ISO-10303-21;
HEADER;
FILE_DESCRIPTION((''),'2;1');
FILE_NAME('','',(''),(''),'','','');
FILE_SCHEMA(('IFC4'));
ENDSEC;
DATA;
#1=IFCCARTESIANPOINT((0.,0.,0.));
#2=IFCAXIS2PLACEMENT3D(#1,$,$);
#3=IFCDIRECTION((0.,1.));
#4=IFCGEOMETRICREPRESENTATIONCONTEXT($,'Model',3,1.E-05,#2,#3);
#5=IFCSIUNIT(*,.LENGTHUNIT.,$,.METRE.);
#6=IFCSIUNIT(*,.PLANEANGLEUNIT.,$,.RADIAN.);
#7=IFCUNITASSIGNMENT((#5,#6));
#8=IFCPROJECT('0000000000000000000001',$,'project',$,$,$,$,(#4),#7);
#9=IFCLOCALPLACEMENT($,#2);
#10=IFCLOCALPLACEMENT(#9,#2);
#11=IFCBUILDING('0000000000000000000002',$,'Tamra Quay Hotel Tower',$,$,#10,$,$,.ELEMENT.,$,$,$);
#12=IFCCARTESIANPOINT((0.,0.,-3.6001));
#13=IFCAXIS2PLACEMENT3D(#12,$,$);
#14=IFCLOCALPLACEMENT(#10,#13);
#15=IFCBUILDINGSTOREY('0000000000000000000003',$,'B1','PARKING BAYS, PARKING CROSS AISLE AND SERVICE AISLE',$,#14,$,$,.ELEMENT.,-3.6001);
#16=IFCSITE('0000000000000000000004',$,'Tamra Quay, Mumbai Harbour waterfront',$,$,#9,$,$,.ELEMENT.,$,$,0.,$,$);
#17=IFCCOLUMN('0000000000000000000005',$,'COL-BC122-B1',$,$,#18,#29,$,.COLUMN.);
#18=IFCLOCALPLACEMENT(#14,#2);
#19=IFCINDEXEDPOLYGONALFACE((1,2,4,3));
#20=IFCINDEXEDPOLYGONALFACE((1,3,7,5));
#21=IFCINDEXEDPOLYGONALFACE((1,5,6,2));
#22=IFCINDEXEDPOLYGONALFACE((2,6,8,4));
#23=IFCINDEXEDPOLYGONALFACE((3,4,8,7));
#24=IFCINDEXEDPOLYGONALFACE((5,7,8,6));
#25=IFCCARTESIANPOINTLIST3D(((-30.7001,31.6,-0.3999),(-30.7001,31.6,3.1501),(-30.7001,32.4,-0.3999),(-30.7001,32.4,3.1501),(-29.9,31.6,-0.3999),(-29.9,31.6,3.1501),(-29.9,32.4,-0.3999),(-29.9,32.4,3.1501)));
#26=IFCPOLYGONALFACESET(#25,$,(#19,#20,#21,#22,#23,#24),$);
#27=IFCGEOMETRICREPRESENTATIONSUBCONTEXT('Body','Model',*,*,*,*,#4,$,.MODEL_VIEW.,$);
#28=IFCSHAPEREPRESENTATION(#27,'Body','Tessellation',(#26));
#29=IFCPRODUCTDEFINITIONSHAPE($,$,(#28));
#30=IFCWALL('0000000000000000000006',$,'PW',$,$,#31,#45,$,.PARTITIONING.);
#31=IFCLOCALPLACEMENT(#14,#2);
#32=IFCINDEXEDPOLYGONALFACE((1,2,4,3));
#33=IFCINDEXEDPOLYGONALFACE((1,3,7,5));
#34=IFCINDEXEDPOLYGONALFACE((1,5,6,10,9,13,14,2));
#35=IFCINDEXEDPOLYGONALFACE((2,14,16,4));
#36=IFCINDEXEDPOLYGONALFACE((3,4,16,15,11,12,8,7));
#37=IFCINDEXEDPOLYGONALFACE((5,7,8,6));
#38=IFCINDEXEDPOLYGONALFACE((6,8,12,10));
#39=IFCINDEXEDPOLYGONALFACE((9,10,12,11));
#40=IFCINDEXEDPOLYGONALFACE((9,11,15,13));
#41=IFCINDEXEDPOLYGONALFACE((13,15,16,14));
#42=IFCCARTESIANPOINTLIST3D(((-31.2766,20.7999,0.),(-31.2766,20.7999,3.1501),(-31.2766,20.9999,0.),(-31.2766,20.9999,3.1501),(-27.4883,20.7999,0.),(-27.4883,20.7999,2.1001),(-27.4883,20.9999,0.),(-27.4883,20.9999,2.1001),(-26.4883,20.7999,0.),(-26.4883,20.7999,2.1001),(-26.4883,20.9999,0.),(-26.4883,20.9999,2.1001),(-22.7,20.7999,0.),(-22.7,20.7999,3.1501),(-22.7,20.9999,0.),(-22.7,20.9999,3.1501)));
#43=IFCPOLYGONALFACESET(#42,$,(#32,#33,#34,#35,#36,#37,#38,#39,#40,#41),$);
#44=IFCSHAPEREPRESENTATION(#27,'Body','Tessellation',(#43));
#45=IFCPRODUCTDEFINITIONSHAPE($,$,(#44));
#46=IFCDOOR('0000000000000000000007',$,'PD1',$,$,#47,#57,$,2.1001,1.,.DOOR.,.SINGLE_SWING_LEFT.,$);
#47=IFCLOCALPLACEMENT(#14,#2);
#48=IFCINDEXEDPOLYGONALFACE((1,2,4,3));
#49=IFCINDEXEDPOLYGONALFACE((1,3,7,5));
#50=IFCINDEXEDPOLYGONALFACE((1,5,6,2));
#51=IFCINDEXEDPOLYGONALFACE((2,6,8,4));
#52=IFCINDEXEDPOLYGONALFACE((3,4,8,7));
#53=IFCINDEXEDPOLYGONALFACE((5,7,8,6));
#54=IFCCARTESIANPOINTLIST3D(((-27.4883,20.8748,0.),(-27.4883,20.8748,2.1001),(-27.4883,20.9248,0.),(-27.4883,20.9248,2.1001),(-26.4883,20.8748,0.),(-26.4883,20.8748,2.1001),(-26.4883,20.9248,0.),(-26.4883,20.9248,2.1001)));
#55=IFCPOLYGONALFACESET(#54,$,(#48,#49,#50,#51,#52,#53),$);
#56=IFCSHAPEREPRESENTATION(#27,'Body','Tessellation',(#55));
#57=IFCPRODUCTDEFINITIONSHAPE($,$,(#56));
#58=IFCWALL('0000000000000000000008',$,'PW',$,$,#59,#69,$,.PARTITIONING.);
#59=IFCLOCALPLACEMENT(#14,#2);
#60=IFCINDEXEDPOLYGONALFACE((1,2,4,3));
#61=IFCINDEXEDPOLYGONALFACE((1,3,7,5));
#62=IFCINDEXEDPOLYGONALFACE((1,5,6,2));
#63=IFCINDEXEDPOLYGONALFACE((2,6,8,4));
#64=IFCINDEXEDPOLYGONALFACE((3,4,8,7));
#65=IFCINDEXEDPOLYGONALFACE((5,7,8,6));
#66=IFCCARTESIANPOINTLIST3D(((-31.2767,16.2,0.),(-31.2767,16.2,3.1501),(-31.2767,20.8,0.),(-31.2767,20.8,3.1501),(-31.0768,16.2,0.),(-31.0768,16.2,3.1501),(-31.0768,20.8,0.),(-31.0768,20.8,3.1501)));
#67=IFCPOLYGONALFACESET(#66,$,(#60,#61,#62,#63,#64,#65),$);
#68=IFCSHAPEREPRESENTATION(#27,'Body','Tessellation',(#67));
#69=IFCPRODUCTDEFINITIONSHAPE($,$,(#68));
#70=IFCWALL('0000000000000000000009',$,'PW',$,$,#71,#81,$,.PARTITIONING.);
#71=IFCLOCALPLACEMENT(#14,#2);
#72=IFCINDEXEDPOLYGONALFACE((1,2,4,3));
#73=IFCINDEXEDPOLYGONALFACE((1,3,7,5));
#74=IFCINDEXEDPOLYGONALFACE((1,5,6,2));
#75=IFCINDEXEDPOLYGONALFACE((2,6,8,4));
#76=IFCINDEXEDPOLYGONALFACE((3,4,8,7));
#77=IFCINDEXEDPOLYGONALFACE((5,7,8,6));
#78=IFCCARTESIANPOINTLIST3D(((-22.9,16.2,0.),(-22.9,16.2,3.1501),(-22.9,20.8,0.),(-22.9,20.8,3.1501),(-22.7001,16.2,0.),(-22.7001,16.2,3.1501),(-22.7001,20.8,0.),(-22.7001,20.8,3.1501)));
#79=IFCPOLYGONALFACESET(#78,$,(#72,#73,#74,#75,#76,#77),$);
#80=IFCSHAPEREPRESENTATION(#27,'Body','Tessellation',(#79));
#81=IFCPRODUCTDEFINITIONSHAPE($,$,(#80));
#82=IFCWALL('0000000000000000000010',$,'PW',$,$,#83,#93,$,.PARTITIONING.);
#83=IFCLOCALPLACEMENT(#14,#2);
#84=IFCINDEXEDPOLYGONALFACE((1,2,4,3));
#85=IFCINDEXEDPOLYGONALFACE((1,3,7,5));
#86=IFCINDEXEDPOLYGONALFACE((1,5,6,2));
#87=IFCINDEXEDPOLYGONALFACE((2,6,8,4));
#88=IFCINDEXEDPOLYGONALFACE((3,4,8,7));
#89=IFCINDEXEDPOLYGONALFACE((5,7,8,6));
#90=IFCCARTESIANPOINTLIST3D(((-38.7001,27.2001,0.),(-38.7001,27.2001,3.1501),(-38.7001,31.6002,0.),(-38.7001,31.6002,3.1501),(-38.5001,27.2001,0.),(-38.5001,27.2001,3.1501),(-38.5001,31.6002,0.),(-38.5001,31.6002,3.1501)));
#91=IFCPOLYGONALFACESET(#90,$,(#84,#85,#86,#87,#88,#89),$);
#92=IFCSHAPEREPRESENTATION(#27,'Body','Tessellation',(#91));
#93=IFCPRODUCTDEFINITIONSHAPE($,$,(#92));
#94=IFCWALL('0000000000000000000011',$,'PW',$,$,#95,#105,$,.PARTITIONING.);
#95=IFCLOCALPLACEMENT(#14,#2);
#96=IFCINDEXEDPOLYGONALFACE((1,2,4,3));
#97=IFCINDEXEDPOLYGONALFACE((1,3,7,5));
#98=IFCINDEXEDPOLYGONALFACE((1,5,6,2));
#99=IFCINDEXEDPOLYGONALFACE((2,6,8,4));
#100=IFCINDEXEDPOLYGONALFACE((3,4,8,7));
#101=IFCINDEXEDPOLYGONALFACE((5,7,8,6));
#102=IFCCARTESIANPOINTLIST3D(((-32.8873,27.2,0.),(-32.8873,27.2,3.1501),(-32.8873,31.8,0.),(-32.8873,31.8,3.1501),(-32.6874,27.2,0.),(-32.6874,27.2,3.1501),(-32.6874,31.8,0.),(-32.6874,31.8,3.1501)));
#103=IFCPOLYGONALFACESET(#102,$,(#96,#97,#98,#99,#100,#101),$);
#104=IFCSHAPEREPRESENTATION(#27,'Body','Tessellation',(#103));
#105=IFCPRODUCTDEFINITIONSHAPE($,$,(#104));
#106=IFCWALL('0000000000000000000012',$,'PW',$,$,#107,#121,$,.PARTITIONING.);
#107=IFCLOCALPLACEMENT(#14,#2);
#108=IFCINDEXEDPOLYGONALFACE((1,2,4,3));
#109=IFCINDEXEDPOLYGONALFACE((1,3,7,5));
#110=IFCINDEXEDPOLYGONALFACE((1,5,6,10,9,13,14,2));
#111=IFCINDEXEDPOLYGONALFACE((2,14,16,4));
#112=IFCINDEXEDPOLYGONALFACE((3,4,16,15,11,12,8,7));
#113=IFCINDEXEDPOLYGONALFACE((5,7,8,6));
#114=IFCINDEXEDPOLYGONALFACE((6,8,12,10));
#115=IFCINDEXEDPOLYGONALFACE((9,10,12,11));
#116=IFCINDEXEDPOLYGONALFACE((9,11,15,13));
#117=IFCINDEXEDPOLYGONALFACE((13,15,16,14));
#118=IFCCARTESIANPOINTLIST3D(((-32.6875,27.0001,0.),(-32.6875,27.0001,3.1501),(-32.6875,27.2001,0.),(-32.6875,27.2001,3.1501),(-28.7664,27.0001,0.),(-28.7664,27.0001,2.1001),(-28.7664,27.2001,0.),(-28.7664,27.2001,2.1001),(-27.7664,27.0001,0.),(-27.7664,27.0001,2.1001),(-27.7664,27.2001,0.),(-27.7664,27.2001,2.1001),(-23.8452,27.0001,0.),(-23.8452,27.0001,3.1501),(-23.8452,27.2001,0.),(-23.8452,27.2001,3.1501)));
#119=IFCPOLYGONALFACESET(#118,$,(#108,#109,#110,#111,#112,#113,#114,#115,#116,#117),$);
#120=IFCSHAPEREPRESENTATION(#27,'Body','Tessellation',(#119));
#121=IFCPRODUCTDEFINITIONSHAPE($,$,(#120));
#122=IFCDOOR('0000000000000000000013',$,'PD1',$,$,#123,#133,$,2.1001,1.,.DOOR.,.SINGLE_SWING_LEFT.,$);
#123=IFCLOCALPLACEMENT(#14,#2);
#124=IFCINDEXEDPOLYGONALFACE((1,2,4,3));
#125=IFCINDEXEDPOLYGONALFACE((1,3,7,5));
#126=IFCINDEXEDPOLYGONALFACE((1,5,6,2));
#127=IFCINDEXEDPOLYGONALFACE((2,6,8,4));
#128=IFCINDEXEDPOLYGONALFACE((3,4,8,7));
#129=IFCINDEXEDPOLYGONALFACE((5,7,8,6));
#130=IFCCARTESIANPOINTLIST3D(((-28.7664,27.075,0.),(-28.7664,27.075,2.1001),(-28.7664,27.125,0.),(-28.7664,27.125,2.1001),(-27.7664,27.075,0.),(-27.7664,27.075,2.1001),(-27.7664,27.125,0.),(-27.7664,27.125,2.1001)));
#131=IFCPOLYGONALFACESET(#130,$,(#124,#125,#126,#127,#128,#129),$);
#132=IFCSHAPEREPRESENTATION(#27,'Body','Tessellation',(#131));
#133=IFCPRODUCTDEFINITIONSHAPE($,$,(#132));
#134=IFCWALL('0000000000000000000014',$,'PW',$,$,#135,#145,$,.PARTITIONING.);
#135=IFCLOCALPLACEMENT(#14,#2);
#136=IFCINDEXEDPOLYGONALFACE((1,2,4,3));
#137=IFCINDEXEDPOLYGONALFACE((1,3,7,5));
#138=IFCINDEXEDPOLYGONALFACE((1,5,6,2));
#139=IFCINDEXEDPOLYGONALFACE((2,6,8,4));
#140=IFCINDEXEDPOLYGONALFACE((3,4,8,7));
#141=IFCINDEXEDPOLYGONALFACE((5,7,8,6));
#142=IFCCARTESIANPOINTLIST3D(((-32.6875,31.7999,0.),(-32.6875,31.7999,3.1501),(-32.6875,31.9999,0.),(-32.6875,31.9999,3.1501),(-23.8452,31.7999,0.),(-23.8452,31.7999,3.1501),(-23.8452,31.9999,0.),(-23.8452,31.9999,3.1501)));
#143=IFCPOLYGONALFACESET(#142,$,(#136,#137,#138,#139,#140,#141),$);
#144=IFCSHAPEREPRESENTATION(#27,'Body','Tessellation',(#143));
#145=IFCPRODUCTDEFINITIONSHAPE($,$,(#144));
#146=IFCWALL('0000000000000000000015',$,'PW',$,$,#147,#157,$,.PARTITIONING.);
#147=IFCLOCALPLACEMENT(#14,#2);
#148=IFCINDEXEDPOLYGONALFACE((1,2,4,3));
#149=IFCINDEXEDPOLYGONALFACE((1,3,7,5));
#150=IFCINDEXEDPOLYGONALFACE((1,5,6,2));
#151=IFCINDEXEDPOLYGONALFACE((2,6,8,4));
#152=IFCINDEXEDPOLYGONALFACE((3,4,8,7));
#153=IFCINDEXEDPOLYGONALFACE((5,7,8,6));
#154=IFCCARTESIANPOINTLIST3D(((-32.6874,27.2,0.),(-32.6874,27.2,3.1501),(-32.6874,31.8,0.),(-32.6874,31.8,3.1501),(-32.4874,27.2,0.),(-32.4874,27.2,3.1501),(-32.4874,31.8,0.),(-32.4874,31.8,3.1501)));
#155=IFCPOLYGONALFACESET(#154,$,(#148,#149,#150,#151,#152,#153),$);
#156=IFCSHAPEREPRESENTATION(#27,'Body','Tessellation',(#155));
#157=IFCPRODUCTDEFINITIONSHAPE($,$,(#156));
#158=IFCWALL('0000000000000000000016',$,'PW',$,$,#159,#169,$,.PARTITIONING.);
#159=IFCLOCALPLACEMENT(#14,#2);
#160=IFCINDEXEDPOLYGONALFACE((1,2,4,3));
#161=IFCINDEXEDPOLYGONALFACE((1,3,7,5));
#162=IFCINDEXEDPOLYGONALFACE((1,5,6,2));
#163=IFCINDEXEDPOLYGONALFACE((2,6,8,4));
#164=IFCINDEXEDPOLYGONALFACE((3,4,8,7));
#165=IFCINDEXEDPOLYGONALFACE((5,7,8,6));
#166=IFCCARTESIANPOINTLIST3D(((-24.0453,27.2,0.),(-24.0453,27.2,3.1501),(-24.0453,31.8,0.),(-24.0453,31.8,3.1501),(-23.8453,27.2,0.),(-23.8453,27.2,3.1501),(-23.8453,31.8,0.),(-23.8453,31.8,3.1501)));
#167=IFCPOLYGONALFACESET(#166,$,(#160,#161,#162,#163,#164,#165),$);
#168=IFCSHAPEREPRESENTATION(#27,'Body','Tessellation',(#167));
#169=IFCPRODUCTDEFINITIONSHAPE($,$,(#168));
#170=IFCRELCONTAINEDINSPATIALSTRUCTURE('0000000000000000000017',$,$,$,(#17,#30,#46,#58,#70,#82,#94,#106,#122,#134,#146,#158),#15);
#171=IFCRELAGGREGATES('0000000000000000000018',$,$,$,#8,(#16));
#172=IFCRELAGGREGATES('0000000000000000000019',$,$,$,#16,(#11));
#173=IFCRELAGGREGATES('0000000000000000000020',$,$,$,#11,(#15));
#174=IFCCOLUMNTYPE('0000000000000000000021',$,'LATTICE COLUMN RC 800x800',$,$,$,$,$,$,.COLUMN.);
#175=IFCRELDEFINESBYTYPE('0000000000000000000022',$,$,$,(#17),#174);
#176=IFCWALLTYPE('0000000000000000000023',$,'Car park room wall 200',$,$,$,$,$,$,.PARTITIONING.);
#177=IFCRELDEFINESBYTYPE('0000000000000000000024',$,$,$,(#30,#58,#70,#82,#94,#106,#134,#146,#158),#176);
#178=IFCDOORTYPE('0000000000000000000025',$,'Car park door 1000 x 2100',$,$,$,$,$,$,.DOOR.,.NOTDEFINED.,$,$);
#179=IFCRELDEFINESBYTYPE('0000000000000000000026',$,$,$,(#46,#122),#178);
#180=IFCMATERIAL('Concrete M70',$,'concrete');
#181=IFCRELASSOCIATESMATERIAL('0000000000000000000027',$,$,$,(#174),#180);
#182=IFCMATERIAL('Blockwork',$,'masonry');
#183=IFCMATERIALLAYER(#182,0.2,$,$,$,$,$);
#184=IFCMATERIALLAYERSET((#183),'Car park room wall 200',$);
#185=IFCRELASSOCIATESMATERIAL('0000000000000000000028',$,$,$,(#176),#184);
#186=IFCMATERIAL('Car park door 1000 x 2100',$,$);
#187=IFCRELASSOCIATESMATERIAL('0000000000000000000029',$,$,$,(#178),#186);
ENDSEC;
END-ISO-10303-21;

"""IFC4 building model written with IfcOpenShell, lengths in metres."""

from ifc_helpers import new_model, si_unit, direction, frame, frame_2d, origin, origin_2d, place, context, subcontext, project, spatial, rectangle, extrude, material, layer, layer_set, material_profile, profile_set, type_object, element, fill, save


model = new_model("IFC4")

# Units and contexts
model_context = context("Model", 3, precision=1e-05, world=origin(), true_north=direction((0.0, 1.0)))
body_context = subcontext(model_context, "Body", "Model", "MODEL_VIEW")
ifc_project = project(units=[si_unit("LENGTHUNIT", "METRE"), si_unit("PLANEANGLEUNIT", "RADIAN")], contexts=[model_context])

# Site, building, storey
site_placement = place(None, origin())
site = spatial("IfcSite", under=ifc_project, at=site_placement, Name="Tamra Quay, Mumbai Harbour waterfront", CompositionType="ELEMENT", RefElevation=0.0)
building_placement = place(site_placement, origin())
building = spatial("IfcBuilding", under=site, at=building_placement, Name="Tamra Quay Hotel Tower", CompositionType="ELEMENT")
storey_placement = place(building_placement, frame((0.0, 0.0, -3.6001)))
storey = spatial("IfcBuildingStorey", under=building, at=storey_placement, Name="B1", Description="PARKING BAYS, PARKING CROSS AISLE AND SERVICE AISLE", CompositionType="ELEMENT", Elevation=-3.6001)

# Column
ifc_material_1 = material(Name="Concrete M70", Category="concrete")
ifc_material_profile = material_profile(ifc_material_1, rectangle(XDim=0.8, YDim=0.8, at=origin_2d()), Name="LATTICE COLUMN RC 800x800")
ifc_profile_set = profile_set([ifc_material_profile], Name="Concrete M70")
column_type = type_object("IfcColumnType", Name="LATTICE COLUMN RC 800x800", PredefinedType="COLUMN", material=ifc_profile_set)
column_placement = place(storey_placement, frame((-30.3, 32.0, -0.3999), z_axis=(0.0, 0.0, 1.0), x_axis=(1.0, 0.0, 0.0)))
element("IfcColumn", 1, at=column_placement, inside=storey, type_object=column_type, Name="COL-BC122-B1", PredefinedType="COLUMN", context=body_context, shape_type="SweptSolid", body=[
    extrude(rectangle(XDim=0.8, YDim=0.8, at=origin_2d()), origin(), (0.0, 0.0, 1.0), 3.55),
])

# Wall, opening, door
ifc_material_2 = material(Name="Blockwork", Category="masonry")
ifc_layer = layer(ifc_material_2, 0.2)
ifc_layer_set = layer_set([ifc_layer], Name="Car park room wall 200")
wall_type = type_object("IfcWallType", Name="Car park room wall 200", PredefinedType="PARTITIONING", material=ifc_layer_set)
wall_1_placement = place(storey_placement, frame((-31.2766, 20.8999, 0.0), z_axis=(0.0, 0.0, 1.0), x_axis=(1.0, 0.0, 0.0)))
wall_1 = element("IfcWall", 2, at=wall_1_placement, inside=storey, type_object=wall_type, Name="PW", PredefinedType="PARTITIONING", context=body_context, shape_type="SweptSolid", body=[
    extrude(rectangle(XDim=8.5767, YDim=0.2, at=frame_2d((4.2883, 0.0))), origin(), (0.0, 0.0, 1.0), 3.1501),
])
opening_1_placement = place(wall_1_placement, frame((3.7883, 0.0, 0.0)))
opening_1 = element("IfcOpeningElement", 3, at=opening_1_placement, cuts=wall_1, PredefinedType="OPENING", context=body_context, shape_type="SweptSolid", body=[
    extrude(rectangle(XDim=1.0, YDim=2.1001, at=frame_2d((0.5, 1.05))), frame((0.0, 0.1099, 0.0), z_axis=(0.0, -1.0, 0.0), x_axis=(1.0, 0.0, 0.0)), (0.0, 0.0, 1.0), 0.22),
])
ifc_material_3 = material(Name="Car park door 1000 x 2100")
door_type = type_object("IfcDoorType", Name="Car park door 1000 x 2100", OperationType="NOTDEFINED", PredefinedType="DOOR", material=ifc_material_3)
door_1_placement = place(opening_1_placement, origin())
door_1 = element("IfcDoor", 4, at=door_1_placement, inside=storey, type_object=door_type, Name="PD1", OperationType="SINGLE_SWING_LEFT", OverallHeight=2.1001, OverallWidth=1.0, PredefinedType="DOOR", context=body_context, shape_type="SweptSolid", body=[
    extrude(rectangle(XDim=1.0, YDim=2.1001, at=frame_2d((0.5, 1.05))), frame((0.0, 0.0249, 0.0), z_axis=(0.0, -1.0, 0.0), x_axis=(1.0, 0.0, 0.0)), (0.0, 0.0, 1.0), 0.05),
])
fill(opening_1, door_1)

# Walls
for number, where, z_axis, x_axis, name in (
    (5, (-31.1768, 16.2, 0.0), (0.0, 0.0, 1.0), (0.0, 1.0, 0.0), "PW"),
    (6, (-22.8, 16.2, 0.0), (0.0, 0.0, 1.0), (0.0, 1.0, 0.0), "PW"),
):
    element("IfcWall", number, at=place(storey_placement, frame(where, z_axis=z_axis, x_axis=x_axis)), inside=storey, type_object=wall_type, Name=name, PredefinedType="PARTITIONING", context=body_context, shape_type="SweptSolid", body=[
        extrude(rectangle(XDim=4.6001, YDim=0.2, at=frame_2d((2.3, 0.0))), origin(), (0.0, 0.0, 1.0), 3.1501),
    ])
wall_2_placement = place(storey_placement, frame((-38.6001, 27.2, 0.0), z_axis=(0.0, 0.0, 1.0), x_axis=(0.0, 1.0, 0.0)))
element("IfcWall", 7, at=wall_2_placement, inside=storey, type_object=wall_type, Name="PW", PredefinedType="PARTITIONING", context=body_context, shape_type="SweptSolid", body=[
    extrude(rectangle(XDim=4.4001, YDim=0.2, at=frame_2d((2.2002, 0.0))), origin(), (0.0, 0.0, 1.0), 3.1501),
])
wall_3_placement = place(storey_placement, frame((-32.7874, 27.2, 0.0), z_axis=(0.0, 0.0, 1.0), x_axis=(0.0, 1.0, 0.0)))
element("IfcWall", 8, at=wall_3_placement, inside=storey, type_object=wall_type, Name="PW", PredefinedType="PARTITIONING", context=body_context, shape_type="SweptSolid", body=[
    extrude(rectangle(XDim=4.6001, YDim=0.2, at=frame_2d((2.3, 0.0))), origin(), (0.0, 0.0, 1.0), 3.1501),
])

# Wall, opening, door
wall_4_placement = place(storey_placement, frame((-32.6875, 27.1001, 0.0), z_axis=(0.0, 0.0, 1.0), x_axis=(1.0, 0.0, 0.0)))
wall_4 = element("IfcWall", 9, at=wall_4_placement, inside=storey, type_object=wall_type, Name="PW", PredefinedType="PARTITIONING", context=body_context, shape_type="SweptSolid", body=[
    extrude(rectangle(XDim=8.8423, YDim=0.2, at=frame_2d((4.4211, 0.0))), origin(), (0.0, 0.0, 1.0), 3.1501),
])
opening_2_placement = place(wall_4_placement, frame((3.9211, 0.0, 0.0)))
opening_2 = element("IfcOpeningElement", 10, at=opening_2_placement, cuts=wall_4, PredefinedType="OPENING", context=body_context, shape_type="SweptSolid", body=[
    extrude(rectangle(XDim=1.0, YDim=2.1001, at=frame_2d((0.5, 1.05))), frame((0.0, 0.1099, 0.0), z_axis=(0.0, -1.0, 0.0), x_axis=(1.0, 0.0, 0.0)), (0.0, 0.0, 1.0), 0.22),
])
door_2_placement = place(opening_2_placement, origin())
door_2 = element("IfcDoor", 11, at=door_2_placement, inside=storey, type_object=door_type, Name="PD1", OperationType="SINGLE_SWING_LEFT", OverallHeight=2.1001, OverallWidth=1.0, PredefinedType="DOOR", context=body_context, shape_type="SweptSolid", body=[
    extrude(rectangle(XDim=1.0, YDim=2.1001, at=frame_2d((0.5, 1.05))), frame((0.0, 0.0249, 0.0), z_axis=(0.0, -1.0, 0.0), x_axis=(1.0, 0.0, 0.0)), (0.0, 0.0, 1.0), 0.05),
])
fill(opening_2, door_2)

# Walls
wall_5_placement = place(storey_placement, frame((-32.6875, 31.8999, 0.0), z_axis=(0.0, 0.0, 1.0), x_axis=(1.0, 0.0, 0.0)))
element("IfcWall", 12, at=wall_5_placement, inside=storey, type_object=wall_type, Name="PW", PredefinedType="PARTITIONING", context=body_context, shape_type="SweptSolid", body=[
    extrude(rectangle(XDim=8.8423, YDim=0.2, at=frame_2d((4.4211, 0.0))), origin(), (0.0, 0.0, 1.0), 3.1501),
])
for number, where, z_axis, x_axis, name in (
    (13, (-32.5874, 27.2, 0.0), (0.0, 0.0, 1.0), (0.0, 1.0, 0.0), "PW"),
    (14, (-23.9453, 27.2, 0.0), (0.0, 0.0, 1.0), (0.0, 1.0, 0.0), "PW"),
):
    element("IfcWall", number, at=place(storey_placement, frame(where, z_axis=z_axis, x_axis=x_axis)), inside=storey, type_object=wall_type, Name=name, PredefinedType="PARTITIONING", context=body_context, shape_type="SweptSolid", body=[
        extrude(rectangle(XDim=4.6001, YDim=0.2, at=frame_2d((2.3, 0.0))), origin(), (0.0, 0.0, 1.0), 3.1501),
    ])

save(model, "model.ifc")
